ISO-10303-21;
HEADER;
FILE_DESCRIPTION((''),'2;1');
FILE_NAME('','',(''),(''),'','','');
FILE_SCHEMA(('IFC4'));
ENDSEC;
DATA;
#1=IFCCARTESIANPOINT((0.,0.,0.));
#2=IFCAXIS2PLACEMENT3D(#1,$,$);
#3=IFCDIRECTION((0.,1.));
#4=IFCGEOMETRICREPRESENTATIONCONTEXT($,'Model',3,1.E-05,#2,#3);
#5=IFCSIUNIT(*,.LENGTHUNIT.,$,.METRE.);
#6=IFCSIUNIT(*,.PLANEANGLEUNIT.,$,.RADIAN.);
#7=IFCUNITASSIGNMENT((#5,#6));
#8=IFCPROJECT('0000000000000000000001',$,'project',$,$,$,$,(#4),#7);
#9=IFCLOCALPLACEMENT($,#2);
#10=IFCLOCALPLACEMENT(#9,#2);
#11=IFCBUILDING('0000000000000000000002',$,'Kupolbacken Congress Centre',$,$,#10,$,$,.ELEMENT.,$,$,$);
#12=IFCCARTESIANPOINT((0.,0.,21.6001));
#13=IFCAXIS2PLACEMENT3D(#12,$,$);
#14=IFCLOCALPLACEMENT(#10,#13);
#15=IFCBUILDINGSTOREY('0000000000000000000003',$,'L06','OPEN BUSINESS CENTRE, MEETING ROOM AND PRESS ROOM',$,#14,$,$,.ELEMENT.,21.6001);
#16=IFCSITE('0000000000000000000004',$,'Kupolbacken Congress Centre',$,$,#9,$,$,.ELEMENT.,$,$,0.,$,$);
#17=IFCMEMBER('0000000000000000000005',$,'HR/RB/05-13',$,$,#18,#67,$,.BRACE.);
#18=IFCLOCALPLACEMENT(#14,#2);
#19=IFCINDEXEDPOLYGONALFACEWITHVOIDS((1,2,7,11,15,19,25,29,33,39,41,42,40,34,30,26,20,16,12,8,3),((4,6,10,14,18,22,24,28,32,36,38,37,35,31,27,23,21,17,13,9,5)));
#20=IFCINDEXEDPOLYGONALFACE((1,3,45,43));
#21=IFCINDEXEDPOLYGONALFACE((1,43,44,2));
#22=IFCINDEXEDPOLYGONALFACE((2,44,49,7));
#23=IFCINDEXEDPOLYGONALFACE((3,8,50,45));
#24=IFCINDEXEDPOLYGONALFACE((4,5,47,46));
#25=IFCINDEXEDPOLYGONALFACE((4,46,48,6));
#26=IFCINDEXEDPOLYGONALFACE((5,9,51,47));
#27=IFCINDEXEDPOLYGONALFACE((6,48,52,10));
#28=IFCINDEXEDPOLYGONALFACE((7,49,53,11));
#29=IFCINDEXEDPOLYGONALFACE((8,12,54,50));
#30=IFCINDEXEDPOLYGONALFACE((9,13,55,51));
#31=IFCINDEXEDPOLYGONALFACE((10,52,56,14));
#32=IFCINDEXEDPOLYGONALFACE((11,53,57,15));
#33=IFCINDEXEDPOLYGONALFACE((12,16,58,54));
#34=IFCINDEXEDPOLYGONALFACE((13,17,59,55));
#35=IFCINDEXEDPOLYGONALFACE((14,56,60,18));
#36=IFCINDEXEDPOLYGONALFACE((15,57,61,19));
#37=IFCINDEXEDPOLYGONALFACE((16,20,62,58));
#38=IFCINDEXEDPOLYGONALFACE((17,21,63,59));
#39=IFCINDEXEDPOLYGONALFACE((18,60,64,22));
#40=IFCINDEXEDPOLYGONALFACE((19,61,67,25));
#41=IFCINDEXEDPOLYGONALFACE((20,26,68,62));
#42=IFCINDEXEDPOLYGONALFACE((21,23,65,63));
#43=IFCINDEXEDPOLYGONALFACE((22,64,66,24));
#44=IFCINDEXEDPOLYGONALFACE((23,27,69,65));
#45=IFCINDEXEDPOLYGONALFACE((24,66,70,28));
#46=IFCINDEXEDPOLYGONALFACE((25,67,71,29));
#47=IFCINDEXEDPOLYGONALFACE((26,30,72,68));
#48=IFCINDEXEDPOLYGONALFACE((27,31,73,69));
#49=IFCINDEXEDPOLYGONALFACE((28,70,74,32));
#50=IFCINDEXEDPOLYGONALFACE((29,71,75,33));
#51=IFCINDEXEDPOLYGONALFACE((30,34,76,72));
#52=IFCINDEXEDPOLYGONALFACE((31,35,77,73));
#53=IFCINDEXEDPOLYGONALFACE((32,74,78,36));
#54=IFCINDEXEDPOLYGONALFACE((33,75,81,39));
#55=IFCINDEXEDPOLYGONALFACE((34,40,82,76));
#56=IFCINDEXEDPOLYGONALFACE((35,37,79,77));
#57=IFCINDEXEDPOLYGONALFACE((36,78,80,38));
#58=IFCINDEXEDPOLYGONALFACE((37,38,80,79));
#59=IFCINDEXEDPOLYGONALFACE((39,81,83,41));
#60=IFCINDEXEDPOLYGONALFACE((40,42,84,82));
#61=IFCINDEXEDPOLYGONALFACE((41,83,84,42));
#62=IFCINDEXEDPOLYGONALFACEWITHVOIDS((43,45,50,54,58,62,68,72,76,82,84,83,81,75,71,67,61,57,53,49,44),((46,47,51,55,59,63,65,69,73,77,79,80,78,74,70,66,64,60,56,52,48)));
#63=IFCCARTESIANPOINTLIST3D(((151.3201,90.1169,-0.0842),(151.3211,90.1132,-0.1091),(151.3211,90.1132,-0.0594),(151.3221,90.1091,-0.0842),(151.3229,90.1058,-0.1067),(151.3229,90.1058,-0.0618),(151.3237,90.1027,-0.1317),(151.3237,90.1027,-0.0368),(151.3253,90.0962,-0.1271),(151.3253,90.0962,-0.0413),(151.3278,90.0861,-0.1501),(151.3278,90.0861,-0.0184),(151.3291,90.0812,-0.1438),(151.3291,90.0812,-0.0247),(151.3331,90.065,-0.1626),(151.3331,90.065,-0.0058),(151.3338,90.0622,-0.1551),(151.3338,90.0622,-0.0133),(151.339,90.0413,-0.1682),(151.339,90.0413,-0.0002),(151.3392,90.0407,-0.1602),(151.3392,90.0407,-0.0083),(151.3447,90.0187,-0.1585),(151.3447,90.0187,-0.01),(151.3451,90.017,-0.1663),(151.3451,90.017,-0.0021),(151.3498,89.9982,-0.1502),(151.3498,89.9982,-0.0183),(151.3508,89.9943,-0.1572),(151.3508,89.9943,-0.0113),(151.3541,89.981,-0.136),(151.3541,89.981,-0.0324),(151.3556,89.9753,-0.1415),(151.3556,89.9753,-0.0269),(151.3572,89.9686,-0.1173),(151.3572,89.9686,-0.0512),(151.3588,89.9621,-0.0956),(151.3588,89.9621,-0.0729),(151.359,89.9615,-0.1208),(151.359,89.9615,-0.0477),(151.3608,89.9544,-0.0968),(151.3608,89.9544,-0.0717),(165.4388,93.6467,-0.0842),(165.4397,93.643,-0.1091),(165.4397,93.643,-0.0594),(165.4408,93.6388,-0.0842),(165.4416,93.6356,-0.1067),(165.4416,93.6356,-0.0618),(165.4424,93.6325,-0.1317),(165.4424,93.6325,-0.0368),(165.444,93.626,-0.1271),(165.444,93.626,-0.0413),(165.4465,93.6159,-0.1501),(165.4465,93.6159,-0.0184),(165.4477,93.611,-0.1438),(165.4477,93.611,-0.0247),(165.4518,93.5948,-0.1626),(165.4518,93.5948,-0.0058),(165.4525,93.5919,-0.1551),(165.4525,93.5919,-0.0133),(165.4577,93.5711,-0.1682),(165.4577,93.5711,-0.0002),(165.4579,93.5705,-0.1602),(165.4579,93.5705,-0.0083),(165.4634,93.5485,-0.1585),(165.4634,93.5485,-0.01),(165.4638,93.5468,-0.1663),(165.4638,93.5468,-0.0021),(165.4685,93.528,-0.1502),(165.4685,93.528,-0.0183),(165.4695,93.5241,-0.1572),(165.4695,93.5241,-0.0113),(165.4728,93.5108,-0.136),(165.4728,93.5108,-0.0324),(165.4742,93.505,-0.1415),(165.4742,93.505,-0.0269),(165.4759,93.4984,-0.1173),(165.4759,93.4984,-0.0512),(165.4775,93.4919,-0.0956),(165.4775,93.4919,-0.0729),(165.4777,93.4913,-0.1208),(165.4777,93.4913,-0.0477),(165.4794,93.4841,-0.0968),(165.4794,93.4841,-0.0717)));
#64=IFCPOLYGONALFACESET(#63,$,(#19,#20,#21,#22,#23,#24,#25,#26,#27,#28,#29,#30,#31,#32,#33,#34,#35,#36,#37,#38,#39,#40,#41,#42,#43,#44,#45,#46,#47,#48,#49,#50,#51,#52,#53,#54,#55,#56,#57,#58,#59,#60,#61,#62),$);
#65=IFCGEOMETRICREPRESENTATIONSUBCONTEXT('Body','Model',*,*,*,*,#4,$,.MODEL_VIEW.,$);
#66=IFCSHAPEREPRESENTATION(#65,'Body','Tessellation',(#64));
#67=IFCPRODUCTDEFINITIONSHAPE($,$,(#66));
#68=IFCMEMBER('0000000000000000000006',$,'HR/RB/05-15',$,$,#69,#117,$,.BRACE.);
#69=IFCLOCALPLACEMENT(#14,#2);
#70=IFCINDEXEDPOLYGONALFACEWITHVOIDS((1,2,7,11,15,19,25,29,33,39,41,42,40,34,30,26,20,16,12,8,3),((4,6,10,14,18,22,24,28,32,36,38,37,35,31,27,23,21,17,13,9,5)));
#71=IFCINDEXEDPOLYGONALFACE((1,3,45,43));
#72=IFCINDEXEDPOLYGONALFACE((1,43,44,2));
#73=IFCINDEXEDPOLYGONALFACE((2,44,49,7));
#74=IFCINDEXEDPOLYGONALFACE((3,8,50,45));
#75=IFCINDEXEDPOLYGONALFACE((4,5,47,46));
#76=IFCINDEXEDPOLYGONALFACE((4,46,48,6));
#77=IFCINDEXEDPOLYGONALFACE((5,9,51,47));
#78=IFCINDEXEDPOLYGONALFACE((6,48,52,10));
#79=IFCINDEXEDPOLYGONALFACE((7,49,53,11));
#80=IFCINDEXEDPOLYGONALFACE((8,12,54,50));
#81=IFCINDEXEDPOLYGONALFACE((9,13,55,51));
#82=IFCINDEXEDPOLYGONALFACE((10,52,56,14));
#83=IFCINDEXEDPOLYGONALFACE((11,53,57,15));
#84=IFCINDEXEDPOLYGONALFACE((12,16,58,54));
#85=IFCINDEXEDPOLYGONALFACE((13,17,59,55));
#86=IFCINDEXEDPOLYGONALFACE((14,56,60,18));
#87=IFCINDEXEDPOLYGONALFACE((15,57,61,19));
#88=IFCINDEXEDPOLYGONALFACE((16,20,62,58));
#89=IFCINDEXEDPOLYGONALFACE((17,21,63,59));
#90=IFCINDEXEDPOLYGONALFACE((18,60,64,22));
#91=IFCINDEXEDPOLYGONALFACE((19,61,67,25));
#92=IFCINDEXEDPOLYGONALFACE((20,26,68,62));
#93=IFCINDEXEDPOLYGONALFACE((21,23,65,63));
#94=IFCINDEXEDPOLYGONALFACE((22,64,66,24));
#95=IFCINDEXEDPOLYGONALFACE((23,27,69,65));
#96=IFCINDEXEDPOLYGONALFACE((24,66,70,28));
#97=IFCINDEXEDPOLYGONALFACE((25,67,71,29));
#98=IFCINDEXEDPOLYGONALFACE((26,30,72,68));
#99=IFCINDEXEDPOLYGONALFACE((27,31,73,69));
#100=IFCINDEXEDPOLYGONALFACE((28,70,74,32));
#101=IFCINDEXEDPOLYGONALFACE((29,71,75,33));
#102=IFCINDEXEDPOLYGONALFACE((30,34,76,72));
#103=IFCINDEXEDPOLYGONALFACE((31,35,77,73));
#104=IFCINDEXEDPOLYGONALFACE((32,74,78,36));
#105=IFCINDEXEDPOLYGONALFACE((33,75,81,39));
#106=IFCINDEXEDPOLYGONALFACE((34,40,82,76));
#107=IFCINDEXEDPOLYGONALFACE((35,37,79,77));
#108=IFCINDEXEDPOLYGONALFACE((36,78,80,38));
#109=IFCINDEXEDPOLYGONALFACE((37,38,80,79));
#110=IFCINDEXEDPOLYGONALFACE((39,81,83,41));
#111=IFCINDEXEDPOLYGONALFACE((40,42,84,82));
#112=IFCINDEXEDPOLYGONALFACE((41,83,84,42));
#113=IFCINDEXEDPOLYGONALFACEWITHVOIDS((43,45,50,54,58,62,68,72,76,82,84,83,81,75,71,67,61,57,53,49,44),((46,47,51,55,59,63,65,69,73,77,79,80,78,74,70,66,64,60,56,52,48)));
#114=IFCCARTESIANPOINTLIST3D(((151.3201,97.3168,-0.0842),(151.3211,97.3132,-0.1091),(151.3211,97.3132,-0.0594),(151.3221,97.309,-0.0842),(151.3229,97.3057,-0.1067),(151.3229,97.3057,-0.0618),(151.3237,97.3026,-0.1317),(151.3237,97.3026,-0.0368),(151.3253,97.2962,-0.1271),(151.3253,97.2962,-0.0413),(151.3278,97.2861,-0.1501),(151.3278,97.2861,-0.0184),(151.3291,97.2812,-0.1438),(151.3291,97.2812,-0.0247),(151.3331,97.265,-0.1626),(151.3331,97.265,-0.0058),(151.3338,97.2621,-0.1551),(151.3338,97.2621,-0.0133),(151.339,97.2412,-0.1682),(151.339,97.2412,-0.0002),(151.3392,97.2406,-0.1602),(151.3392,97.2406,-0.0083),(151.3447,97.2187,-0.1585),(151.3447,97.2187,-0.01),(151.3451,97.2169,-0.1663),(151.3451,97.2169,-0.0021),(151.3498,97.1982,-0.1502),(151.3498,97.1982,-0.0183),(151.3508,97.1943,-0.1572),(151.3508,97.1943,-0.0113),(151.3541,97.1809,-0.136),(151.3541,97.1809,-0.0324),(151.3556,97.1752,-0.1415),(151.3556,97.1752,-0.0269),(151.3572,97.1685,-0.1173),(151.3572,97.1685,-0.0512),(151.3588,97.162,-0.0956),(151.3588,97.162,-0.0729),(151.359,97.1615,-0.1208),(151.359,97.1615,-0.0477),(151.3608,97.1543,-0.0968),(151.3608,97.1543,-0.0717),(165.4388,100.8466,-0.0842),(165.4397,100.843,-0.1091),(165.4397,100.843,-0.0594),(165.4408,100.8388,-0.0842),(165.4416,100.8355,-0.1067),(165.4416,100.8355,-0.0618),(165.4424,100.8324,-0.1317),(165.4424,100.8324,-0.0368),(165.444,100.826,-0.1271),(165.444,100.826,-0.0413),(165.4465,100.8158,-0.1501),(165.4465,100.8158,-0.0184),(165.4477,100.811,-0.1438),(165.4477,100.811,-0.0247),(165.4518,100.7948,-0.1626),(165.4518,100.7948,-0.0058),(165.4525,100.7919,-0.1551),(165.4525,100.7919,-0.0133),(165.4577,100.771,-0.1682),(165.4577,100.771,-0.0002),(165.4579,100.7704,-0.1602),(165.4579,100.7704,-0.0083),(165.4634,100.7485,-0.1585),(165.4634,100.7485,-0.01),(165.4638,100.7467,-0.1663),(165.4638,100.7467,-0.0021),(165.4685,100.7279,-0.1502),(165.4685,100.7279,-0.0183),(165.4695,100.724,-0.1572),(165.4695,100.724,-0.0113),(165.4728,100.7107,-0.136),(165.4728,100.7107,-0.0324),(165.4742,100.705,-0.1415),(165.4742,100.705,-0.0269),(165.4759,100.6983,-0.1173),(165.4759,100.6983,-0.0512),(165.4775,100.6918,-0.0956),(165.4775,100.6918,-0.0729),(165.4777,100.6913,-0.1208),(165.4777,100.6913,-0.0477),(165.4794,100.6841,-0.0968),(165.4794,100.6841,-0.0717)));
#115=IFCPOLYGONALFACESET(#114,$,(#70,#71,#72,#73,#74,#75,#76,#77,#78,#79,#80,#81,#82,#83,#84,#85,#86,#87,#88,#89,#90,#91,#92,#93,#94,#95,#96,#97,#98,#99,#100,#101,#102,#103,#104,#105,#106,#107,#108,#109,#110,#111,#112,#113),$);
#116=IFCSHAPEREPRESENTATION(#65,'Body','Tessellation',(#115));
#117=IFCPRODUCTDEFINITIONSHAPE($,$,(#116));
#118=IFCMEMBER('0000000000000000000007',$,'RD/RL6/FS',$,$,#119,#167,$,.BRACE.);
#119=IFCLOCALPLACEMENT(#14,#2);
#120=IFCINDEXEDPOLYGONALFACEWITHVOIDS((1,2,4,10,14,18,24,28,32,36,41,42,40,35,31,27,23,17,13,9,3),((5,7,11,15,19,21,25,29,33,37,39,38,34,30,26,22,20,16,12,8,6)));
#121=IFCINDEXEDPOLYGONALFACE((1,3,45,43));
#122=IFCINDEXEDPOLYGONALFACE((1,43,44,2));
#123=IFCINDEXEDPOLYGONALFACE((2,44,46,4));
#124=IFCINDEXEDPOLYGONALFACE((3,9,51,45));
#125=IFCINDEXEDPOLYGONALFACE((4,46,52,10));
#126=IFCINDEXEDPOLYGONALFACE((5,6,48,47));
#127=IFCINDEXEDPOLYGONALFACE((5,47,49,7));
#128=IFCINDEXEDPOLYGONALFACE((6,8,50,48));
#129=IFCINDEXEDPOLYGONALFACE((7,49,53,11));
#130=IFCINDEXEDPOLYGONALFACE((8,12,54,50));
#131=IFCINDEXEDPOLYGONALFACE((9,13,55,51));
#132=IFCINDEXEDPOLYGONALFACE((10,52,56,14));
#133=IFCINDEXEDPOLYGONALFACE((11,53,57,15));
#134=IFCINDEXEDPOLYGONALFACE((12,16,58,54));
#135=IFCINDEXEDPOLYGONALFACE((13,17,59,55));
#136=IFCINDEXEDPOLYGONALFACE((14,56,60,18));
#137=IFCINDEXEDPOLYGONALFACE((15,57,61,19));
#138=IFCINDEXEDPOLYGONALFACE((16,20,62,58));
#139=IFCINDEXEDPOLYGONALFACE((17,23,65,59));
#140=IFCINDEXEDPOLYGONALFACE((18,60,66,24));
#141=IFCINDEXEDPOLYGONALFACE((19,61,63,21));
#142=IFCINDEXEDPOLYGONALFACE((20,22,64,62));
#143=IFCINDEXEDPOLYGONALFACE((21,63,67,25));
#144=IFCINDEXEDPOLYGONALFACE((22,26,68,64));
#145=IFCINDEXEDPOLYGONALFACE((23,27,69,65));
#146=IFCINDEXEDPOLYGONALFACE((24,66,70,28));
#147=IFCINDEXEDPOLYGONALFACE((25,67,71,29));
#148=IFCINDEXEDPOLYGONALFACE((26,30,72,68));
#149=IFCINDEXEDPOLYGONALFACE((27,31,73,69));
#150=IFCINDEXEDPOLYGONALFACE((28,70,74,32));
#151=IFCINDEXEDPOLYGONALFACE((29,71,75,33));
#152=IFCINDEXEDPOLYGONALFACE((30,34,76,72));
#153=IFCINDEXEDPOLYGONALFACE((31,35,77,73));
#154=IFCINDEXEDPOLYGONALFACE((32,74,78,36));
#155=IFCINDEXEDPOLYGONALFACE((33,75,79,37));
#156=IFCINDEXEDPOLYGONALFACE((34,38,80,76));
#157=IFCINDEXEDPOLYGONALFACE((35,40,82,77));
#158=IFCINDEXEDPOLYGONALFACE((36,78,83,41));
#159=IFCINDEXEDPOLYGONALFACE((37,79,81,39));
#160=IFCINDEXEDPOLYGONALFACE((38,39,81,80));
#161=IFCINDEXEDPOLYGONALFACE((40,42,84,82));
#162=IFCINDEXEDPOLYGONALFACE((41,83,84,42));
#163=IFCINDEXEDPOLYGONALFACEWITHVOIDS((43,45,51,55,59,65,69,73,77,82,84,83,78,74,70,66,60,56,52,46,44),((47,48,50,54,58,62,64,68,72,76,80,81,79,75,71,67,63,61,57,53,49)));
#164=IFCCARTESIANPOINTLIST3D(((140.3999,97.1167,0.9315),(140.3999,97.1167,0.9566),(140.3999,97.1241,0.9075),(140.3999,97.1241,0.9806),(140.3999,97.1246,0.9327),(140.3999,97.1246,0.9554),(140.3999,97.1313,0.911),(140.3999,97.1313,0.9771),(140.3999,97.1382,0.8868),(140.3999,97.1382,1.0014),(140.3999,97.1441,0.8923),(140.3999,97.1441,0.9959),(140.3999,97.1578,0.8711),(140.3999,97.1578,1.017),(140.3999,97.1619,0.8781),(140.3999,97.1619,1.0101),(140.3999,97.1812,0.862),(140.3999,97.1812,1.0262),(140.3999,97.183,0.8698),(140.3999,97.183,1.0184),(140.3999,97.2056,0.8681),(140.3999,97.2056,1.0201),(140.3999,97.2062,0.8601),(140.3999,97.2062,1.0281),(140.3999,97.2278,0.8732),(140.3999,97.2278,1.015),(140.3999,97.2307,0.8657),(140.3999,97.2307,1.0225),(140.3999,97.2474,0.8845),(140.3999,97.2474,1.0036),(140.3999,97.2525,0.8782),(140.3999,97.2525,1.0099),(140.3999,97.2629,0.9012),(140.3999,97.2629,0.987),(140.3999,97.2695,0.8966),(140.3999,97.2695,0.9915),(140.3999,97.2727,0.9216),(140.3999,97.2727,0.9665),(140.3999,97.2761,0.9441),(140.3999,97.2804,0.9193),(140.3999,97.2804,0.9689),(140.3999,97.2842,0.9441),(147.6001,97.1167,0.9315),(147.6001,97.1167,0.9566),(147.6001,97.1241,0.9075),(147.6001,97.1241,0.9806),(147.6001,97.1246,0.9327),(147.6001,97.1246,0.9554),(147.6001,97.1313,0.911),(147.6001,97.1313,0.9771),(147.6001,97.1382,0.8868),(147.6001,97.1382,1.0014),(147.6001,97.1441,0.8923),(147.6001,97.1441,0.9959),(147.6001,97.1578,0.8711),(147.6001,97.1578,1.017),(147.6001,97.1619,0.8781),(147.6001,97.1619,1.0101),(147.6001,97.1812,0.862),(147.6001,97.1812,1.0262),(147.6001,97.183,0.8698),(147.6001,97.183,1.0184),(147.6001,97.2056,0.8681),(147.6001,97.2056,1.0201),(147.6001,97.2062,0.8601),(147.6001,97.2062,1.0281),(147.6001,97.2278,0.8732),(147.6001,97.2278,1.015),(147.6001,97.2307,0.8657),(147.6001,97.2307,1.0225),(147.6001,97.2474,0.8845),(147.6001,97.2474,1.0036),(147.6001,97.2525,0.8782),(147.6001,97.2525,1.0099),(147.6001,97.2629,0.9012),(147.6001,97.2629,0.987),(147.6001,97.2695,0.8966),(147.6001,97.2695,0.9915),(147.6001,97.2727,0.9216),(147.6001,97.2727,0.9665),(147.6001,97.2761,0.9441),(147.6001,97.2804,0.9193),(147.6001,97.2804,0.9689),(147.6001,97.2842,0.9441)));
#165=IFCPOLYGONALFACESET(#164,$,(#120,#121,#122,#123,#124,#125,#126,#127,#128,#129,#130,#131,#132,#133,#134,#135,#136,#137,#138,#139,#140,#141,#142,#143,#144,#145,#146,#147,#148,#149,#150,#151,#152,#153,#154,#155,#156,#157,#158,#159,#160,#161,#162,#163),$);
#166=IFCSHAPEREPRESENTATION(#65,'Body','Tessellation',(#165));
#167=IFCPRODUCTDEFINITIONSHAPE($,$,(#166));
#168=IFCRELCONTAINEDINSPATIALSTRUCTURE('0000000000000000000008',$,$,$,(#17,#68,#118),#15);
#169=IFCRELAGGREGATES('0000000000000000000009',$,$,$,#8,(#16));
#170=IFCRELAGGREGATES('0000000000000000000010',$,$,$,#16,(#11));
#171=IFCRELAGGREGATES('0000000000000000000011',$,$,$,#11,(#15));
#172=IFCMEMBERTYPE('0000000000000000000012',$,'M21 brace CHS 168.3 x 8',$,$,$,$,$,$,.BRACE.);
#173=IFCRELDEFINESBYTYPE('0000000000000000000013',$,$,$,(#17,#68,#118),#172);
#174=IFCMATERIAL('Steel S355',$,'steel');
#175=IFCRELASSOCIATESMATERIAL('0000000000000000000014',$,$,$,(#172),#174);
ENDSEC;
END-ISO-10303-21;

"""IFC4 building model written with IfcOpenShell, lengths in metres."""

from ifc_helpers import new_model, si_unit, direction, frame, origin, origin_2d, place, context, subcontext, project, spatial, hollow_circle, extrude, material, material_profile, profile_set, type_object, element, save


model = new_model("IFC4")

# Units and contexts
model_context = context("Model", 3, precision=1e-05, world=origin(), true_north=direction((0.0, 1.0)))
body_context = subcontext(model_context, "Body", "Model", "MODEL_VIEW")
ifc_project = project(units=[si_unit("LENGTHUNIT", "METRE"), si_unit("PLANEANGLEUNIT", "RADIAN")], contexts=[model_context])

# Site, building, storey
site_placement = place(None, origin())
site = spatial("IfcSite", under=ifc_project, at=site_placement, Name="Kupolbacken Congress Centre", CompositionType="ELEMENT", RefElevation=0.0)
building_placement = place(site_placement, origin())
building = spatial("IfcBuilding", under=site, at=building_placement, Name="Kupolbacken Congress Centre", CompositionType="ELEMENT")
storey_placement = place(building_placement, frame((0.0, 0.0, 21.6001)))
storey = spatial("IfcBuildingStorey", under=building, at=storey_placement, Name="L06", Description="OPEN BUSINESS CENTRE, MEETING ROOM AND PRESS ROOM", CompositionType="ELEMENT", Elevation=21.6001)

# Members
ifc_material_1 = material(Name="Steel S355", Category="steel")
ifc_material_profile_1 = material_profile(ifc_material_1, hollow_circle(Radius=0.0842, WallThickness=0.0081, at=origin_2d()), Name="CHS 168.3 x 8")
ifc_profile_set_1 = profile_set([ifc_material_profile_1], Name="Steel S355")
member_type_1 = type_object("IfcMemberType", Name="M21 brace CHS 168.3 x 8", PredefinedType="BRACE", material=ifc_profile_set_1)
for number, where, z_axis, x_axis, name in (
    (1, (151.3406, 90.0352, -0.0842), (0.970141, 0.242544, 0.0), (-0.242544, 0.970141, 0.0), "HR/RB/05-13"),
    (2, (151.3406, 97.2351, -0.0842), (0.970141, 0.242544, 0.0), (-0.242544, 0.970141, 0.0), "HR/RB/05-15"),
):
    element("IfcMember", number, at=place(storey_placement, frame(where, z_axis=z_axis, x_axis=x_axis)), inside=storey, type_object=member_type_1, Name=name, PredefinedType="BRACE", context=body_context, shape_type="SweptSolid", body=[
        extrude(hollow_circle(Radius=0.0842, WallThickness=0.0081, at=origin_2d()), origin(), (0.0, 0.0, 1.0), 14.5532),
    ])
member_1_placement = place(storey_placement, frame((140.3999, 97.2, 0.9441), z_axis=(1.0, 0.0, 0.0), x_axis=(0.0, 1.0, 0.0)))
element("IfcMember", 3, at=member_1_placement, inside=storey, type_object=member_type_1, Name="RD/RL6/FS", PredefinedType="BRACE", context=body_context, shape_type="SweptSolid", body=[
    extrude(hollow_circle(Radius=0.0842, WallThickness=0.0081, at=origin_2d()), origin(), (0.0, 0.0, 1.0), 7.2002),
])

save(model, "model.ifc")
